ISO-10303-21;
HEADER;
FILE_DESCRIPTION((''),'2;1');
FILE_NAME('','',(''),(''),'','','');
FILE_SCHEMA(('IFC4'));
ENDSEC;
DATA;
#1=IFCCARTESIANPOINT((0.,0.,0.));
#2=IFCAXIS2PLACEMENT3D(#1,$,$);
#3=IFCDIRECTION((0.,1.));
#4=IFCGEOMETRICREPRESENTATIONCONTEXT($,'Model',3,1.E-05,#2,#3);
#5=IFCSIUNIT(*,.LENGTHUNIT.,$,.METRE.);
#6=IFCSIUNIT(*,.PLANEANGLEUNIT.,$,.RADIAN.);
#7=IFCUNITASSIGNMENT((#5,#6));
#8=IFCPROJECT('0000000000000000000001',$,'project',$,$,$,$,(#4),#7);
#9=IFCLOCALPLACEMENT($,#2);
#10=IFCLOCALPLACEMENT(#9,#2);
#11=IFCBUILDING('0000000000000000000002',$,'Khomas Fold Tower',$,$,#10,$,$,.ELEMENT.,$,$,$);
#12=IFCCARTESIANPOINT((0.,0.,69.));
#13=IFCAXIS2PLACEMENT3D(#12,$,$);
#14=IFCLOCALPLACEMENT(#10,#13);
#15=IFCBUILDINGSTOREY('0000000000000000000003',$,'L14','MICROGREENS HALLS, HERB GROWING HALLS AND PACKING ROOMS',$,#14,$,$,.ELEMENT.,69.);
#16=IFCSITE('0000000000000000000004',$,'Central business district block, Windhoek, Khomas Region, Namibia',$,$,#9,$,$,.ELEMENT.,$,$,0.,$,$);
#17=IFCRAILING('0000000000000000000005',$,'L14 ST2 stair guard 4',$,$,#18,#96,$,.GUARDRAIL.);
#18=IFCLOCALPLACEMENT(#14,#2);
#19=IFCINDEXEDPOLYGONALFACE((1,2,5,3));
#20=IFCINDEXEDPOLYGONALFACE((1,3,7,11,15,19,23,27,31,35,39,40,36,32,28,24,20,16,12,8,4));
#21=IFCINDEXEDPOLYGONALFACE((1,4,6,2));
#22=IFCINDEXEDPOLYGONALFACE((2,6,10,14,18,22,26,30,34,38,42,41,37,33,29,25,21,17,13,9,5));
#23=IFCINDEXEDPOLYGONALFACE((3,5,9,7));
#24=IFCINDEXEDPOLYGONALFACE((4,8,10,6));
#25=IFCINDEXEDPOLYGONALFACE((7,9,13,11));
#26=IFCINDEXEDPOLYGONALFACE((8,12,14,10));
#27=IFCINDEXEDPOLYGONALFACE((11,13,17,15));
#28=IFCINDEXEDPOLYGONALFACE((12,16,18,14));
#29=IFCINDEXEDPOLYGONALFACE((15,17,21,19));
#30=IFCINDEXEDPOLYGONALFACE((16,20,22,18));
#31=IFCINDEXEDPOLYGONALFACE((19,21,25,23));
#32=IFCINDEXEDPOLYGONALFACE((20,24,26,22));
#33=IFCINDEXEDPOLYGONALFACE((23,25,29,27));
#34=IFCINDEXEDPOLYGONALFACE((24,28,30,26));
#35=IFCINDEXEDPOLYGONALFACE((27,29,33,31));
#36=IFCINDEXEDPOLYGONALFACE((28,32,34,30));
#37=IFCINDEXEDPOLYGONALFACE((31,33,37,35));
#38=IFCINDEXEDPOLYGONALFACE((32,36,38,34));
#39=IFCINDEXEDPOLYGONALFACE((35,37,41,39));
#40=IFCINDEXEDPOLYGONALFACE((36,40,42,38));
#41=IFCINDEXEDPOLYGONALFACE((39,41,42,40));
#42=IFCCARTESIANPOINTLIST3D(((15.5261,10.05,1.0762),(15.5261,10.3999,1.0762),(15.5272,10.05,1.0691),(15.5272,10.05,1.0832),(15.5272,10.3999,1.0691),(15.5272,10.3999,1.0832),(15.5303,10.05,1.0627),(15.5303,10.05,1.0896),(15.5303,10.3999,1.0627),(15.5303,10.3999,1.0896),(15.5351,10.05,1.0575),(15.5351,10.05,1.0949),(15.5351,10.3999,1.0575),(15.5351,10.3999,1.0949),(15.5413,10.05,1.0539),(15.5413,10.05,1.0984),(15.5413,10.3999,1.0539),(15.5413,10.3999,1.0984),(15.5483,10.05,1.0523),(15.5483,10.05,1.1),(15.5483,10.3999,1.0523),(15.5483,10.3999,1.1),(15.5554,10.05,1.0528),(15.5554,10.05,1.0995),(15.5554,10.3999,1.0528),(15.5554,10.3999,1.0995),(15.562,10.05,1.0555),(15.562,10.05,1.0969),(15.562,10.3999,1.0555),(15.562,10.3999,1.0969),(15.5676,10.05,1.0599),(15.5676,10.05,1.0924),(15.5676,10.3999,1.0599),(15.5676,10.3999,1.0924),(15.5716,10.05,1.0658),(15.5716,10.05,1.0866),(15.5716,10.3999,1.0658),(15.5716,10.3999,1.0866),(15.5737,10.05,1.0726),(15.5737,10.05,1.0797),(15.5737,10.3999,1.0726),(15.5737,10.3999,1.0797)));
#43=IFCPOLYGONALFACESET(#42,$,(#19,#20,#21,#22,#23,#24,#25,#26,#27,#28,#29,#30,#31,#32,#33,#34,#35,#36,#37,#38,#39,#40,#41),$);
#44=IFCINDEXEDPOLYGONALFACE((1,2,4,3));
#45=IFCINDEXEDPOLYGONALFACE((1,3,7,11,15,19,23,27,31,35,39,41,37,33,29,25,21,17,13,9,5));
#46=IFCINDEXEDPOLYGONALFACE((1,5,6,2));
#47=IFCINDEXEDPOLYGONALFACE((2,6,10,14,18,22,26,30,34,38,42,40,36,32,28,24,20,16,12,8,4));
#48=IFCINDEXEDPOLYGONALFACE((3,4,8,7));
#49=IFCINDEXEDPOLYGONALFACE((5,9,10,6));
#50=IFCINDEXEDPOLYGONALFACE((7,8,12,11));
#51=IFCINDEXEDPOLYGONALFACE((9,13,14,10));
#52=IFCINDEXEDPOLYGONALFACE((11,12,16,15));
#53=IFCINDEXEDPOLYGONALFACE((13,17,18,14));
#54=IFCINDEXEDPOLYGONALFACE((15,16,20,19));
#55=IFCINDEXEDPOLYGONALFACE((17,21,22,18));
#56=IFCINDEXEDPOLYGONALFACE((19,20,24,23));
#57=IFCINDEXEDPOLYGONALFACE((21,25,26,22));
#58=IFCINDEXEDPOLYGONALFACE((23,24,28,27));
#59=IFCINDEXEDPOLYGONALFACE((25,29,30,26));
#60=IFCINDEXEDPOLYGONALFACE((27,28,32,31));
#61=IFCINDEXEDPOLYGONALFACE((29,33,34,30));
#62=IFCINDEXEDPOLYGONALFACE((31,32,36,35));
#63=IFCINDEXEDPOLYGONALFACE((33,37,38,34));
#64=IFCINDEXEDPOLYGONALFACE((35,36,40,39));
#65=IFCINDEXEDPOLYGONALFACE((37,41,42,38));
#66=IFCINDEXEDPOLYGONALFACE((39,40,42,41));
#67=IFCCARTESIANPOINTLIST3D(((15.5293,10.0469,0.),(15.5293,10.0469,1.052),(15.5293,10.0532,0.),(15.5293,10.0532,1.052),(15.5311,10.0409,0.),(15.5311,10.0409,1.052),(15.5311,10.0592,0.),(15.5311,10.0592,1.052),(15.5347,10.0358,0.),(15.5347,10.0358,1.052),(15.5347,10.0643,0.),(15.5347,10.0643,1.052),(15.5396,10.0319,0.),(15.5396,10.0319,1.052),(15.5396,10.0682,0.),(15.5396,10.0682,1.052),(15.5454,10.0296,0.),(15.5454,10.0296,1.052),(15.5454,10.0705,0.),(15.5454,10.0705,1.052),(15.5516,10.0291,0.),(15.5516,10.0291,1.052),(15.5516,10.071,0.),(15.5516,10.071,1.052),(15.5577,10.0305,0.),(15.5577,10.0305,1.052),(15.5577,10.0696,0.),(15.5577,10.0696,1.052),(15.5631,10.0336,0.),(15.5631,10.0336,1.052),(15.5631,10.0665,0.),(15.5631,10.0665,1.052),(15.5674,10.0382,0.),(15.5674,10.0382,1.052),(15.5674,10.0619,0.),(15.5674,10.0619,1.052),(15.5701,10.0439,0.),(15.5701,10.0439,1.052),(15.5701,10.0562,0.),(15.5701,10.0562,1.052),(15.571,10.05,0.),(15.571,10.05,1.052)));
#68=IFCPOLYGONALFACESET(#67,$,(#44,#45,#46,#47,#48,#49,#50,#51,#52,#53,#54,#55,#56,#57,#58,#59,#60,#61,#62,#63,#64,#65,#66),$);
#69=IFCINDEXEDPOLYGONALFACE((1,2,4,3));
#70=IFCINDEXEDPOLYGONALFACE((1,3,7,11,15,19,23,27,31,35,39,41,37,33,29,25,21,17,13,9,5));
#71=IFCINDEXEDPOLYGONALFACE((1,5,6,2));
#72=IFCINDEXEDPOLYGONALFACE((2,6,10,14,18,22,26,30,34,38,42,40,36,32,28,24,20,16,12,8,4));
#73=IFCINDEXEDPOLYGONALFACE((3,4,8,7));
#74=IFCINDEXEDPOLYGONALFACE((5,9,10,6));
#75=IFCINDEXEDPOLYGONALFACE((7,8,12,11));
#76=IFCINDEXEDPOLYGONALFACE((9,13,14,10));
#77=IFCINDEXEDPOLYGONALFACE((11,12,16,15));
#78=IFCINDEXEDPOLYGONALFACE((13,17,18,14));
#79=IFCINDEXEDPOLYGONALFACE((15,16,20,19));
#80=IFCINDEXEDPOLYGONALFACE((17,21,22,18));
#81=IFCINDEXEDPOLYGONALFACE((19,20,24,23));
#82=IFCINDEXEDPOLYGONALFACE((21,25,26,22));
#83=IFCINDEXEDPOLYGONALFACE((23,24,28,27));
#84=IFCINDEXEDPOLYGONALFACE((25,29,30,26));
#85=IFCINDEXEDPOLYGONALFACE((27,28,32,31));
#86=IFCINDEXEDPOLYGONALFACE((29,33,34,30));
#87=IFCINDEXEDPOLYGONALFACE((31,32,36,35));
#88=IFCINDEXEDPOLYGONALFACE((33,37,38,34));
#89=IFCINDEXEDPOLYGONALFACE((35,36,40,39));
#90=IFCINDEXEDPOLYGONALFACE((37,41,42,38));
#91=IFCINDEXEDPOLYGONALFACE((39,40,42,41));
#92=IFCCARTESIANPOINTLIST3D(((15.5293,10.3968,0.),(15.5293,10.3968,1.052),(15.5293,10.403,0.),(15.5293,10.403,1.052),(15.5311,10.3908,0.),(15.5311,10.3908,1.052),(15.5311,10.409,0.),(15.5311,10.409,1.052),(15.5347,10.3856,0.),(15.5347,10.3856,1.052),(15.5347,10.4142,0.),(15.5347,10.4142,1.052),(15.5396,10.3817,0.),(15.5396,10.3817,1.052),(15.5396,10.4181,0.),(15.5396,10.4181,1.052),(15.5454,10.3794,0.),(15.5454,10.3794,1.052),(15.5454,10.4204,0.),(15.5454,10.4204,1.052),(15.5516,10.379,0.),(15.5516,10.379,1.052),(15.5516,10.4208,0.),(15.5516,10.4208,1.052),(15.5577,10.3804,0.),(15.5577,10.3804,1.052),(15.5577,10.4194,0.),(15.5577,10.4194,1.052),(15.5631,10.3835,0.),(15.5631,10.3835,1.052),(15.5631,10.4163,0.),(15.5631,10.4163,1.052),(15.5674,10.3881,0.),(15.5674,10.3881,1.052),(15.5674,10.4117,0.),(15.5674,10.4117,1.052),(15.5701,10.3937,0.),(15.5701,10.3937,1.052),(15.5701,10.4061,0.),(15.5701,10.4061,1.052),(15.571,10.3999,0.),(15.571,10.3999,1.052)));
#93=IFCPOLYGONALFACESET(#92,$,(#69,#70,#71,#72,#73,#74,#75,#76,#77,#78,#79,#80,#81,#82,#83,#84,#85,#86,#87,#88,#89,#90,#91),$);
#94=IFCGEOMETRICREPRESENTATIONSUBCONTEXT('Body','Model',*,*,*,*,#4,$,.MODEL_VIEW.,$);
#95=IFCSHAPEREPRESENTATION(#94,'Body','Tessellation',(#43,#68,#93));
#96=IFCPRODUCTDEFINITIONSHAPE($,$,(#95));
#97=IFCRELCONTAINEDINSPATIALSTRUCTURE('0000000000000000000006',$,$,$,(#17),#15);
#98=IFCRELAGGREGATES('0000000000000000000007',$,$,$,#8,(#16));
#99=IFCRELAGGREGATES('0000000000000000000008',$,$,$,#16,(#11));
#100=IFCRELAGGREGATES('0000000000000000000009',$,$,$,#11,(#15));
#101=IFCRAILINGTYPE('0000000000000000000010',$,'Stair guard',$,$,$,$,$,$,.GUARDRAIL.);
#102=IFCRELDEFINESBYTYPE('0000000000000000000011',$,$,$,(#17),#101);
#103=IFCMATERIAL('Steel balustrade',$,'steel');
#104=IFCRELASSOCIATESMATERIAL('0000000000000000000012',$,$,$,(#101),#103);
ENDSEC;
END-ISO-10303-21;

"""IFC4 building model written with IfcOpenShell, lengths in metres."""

from ifc_helpers import new_model, si_unit, direction, frame, origin, origin_2d, place, context, subcontext, project, spatial, circle, extrude, source, transform, mapped, material, type_object, element, save


model = new_model("IFC4")

# Units and contexts
model_context = context("Model", 3, precision=1e-05, world=origin(), true_north=direction((0.0, 1.0)))
body_context = subcontext(model_context, "Body", "Model", "MODEL_VIEW")
ifc_project = project(units=[si_unit("LENGTHUNIT", "METRE"), si_unit("PLANEANGLEUNIT", "RADIAN")], contexts=[model_context])

# Site, building, storey
site_placement = place(None, origin())
site = spatial("IfcSite", under=ifc_project, at=site_placement, Name="Central business district block, Windhoek, Khomas Region, Namibia", CompositionType="ELEMENT", RefElevation=0.0)
building_placement = place(site_placement, origin())
building = spatial("IfcBuilding", under=site, at=building_placement, Name="Khomas Fold Tower", CompositionType="ELEMENT")
storey_placement = place(building_placement, frame((0.0, 0.0, 69.0)))
storey = spatial("IfcBuildingStorey", under=building, at=storey_placement, Name="L14", Description="MICROGREENS HALLS, HERB GROWING HALLS AND PACKING ROOMS", CompositionType="ELEMENT", Elevation=69.0)

# Railing
ifc_material_1 = material(Name="Steel balustrade", Category="steel")
railing_type_1 = type_object("IfcRailingType", Name="Stair guard", PredefinedType="GUARDRAIL", material=ifc_material_1)
shared_shape_1 = source(origin(), body_context, "Body", "SweptSolid", [
    extrude(circle(Radius=0.0239, at=origin_2d()), frame((0.0, 0.0, 1.0762), z_axis=(0.0, 1.0, 0.0), x_axis=(-1.0, 0.0, 0.0)), (0.0, 0.0, 1.0), 0.3499),
    extrude(circle(Radius=0.021, at=origin_2d()), origin(), (0.0, 0.0, 1.0), 1.052),
    extrude(circle(Radius=0.021, at=origin_2d()), frame((0.0, 0.3499, 0.0)), (0.0, 0.0, 1.0), 1.052),
])
railing_1_placement = place(storey_placement, frame((15.55, 10.05, 0.0)))
element("IfcRailing", 1, at=railing_1_placement, inside=storey, type_object=railing_type_1, Name="L14 ST2 stair guard 4", PredefinedType="GUARDRAIL", context=body_context, shape_type="MappedRepresentation", body=[
    mapped(shared_shape_1, transform((0.0, 0.0, 0.0))),
])

save(model, "model.ifc")
